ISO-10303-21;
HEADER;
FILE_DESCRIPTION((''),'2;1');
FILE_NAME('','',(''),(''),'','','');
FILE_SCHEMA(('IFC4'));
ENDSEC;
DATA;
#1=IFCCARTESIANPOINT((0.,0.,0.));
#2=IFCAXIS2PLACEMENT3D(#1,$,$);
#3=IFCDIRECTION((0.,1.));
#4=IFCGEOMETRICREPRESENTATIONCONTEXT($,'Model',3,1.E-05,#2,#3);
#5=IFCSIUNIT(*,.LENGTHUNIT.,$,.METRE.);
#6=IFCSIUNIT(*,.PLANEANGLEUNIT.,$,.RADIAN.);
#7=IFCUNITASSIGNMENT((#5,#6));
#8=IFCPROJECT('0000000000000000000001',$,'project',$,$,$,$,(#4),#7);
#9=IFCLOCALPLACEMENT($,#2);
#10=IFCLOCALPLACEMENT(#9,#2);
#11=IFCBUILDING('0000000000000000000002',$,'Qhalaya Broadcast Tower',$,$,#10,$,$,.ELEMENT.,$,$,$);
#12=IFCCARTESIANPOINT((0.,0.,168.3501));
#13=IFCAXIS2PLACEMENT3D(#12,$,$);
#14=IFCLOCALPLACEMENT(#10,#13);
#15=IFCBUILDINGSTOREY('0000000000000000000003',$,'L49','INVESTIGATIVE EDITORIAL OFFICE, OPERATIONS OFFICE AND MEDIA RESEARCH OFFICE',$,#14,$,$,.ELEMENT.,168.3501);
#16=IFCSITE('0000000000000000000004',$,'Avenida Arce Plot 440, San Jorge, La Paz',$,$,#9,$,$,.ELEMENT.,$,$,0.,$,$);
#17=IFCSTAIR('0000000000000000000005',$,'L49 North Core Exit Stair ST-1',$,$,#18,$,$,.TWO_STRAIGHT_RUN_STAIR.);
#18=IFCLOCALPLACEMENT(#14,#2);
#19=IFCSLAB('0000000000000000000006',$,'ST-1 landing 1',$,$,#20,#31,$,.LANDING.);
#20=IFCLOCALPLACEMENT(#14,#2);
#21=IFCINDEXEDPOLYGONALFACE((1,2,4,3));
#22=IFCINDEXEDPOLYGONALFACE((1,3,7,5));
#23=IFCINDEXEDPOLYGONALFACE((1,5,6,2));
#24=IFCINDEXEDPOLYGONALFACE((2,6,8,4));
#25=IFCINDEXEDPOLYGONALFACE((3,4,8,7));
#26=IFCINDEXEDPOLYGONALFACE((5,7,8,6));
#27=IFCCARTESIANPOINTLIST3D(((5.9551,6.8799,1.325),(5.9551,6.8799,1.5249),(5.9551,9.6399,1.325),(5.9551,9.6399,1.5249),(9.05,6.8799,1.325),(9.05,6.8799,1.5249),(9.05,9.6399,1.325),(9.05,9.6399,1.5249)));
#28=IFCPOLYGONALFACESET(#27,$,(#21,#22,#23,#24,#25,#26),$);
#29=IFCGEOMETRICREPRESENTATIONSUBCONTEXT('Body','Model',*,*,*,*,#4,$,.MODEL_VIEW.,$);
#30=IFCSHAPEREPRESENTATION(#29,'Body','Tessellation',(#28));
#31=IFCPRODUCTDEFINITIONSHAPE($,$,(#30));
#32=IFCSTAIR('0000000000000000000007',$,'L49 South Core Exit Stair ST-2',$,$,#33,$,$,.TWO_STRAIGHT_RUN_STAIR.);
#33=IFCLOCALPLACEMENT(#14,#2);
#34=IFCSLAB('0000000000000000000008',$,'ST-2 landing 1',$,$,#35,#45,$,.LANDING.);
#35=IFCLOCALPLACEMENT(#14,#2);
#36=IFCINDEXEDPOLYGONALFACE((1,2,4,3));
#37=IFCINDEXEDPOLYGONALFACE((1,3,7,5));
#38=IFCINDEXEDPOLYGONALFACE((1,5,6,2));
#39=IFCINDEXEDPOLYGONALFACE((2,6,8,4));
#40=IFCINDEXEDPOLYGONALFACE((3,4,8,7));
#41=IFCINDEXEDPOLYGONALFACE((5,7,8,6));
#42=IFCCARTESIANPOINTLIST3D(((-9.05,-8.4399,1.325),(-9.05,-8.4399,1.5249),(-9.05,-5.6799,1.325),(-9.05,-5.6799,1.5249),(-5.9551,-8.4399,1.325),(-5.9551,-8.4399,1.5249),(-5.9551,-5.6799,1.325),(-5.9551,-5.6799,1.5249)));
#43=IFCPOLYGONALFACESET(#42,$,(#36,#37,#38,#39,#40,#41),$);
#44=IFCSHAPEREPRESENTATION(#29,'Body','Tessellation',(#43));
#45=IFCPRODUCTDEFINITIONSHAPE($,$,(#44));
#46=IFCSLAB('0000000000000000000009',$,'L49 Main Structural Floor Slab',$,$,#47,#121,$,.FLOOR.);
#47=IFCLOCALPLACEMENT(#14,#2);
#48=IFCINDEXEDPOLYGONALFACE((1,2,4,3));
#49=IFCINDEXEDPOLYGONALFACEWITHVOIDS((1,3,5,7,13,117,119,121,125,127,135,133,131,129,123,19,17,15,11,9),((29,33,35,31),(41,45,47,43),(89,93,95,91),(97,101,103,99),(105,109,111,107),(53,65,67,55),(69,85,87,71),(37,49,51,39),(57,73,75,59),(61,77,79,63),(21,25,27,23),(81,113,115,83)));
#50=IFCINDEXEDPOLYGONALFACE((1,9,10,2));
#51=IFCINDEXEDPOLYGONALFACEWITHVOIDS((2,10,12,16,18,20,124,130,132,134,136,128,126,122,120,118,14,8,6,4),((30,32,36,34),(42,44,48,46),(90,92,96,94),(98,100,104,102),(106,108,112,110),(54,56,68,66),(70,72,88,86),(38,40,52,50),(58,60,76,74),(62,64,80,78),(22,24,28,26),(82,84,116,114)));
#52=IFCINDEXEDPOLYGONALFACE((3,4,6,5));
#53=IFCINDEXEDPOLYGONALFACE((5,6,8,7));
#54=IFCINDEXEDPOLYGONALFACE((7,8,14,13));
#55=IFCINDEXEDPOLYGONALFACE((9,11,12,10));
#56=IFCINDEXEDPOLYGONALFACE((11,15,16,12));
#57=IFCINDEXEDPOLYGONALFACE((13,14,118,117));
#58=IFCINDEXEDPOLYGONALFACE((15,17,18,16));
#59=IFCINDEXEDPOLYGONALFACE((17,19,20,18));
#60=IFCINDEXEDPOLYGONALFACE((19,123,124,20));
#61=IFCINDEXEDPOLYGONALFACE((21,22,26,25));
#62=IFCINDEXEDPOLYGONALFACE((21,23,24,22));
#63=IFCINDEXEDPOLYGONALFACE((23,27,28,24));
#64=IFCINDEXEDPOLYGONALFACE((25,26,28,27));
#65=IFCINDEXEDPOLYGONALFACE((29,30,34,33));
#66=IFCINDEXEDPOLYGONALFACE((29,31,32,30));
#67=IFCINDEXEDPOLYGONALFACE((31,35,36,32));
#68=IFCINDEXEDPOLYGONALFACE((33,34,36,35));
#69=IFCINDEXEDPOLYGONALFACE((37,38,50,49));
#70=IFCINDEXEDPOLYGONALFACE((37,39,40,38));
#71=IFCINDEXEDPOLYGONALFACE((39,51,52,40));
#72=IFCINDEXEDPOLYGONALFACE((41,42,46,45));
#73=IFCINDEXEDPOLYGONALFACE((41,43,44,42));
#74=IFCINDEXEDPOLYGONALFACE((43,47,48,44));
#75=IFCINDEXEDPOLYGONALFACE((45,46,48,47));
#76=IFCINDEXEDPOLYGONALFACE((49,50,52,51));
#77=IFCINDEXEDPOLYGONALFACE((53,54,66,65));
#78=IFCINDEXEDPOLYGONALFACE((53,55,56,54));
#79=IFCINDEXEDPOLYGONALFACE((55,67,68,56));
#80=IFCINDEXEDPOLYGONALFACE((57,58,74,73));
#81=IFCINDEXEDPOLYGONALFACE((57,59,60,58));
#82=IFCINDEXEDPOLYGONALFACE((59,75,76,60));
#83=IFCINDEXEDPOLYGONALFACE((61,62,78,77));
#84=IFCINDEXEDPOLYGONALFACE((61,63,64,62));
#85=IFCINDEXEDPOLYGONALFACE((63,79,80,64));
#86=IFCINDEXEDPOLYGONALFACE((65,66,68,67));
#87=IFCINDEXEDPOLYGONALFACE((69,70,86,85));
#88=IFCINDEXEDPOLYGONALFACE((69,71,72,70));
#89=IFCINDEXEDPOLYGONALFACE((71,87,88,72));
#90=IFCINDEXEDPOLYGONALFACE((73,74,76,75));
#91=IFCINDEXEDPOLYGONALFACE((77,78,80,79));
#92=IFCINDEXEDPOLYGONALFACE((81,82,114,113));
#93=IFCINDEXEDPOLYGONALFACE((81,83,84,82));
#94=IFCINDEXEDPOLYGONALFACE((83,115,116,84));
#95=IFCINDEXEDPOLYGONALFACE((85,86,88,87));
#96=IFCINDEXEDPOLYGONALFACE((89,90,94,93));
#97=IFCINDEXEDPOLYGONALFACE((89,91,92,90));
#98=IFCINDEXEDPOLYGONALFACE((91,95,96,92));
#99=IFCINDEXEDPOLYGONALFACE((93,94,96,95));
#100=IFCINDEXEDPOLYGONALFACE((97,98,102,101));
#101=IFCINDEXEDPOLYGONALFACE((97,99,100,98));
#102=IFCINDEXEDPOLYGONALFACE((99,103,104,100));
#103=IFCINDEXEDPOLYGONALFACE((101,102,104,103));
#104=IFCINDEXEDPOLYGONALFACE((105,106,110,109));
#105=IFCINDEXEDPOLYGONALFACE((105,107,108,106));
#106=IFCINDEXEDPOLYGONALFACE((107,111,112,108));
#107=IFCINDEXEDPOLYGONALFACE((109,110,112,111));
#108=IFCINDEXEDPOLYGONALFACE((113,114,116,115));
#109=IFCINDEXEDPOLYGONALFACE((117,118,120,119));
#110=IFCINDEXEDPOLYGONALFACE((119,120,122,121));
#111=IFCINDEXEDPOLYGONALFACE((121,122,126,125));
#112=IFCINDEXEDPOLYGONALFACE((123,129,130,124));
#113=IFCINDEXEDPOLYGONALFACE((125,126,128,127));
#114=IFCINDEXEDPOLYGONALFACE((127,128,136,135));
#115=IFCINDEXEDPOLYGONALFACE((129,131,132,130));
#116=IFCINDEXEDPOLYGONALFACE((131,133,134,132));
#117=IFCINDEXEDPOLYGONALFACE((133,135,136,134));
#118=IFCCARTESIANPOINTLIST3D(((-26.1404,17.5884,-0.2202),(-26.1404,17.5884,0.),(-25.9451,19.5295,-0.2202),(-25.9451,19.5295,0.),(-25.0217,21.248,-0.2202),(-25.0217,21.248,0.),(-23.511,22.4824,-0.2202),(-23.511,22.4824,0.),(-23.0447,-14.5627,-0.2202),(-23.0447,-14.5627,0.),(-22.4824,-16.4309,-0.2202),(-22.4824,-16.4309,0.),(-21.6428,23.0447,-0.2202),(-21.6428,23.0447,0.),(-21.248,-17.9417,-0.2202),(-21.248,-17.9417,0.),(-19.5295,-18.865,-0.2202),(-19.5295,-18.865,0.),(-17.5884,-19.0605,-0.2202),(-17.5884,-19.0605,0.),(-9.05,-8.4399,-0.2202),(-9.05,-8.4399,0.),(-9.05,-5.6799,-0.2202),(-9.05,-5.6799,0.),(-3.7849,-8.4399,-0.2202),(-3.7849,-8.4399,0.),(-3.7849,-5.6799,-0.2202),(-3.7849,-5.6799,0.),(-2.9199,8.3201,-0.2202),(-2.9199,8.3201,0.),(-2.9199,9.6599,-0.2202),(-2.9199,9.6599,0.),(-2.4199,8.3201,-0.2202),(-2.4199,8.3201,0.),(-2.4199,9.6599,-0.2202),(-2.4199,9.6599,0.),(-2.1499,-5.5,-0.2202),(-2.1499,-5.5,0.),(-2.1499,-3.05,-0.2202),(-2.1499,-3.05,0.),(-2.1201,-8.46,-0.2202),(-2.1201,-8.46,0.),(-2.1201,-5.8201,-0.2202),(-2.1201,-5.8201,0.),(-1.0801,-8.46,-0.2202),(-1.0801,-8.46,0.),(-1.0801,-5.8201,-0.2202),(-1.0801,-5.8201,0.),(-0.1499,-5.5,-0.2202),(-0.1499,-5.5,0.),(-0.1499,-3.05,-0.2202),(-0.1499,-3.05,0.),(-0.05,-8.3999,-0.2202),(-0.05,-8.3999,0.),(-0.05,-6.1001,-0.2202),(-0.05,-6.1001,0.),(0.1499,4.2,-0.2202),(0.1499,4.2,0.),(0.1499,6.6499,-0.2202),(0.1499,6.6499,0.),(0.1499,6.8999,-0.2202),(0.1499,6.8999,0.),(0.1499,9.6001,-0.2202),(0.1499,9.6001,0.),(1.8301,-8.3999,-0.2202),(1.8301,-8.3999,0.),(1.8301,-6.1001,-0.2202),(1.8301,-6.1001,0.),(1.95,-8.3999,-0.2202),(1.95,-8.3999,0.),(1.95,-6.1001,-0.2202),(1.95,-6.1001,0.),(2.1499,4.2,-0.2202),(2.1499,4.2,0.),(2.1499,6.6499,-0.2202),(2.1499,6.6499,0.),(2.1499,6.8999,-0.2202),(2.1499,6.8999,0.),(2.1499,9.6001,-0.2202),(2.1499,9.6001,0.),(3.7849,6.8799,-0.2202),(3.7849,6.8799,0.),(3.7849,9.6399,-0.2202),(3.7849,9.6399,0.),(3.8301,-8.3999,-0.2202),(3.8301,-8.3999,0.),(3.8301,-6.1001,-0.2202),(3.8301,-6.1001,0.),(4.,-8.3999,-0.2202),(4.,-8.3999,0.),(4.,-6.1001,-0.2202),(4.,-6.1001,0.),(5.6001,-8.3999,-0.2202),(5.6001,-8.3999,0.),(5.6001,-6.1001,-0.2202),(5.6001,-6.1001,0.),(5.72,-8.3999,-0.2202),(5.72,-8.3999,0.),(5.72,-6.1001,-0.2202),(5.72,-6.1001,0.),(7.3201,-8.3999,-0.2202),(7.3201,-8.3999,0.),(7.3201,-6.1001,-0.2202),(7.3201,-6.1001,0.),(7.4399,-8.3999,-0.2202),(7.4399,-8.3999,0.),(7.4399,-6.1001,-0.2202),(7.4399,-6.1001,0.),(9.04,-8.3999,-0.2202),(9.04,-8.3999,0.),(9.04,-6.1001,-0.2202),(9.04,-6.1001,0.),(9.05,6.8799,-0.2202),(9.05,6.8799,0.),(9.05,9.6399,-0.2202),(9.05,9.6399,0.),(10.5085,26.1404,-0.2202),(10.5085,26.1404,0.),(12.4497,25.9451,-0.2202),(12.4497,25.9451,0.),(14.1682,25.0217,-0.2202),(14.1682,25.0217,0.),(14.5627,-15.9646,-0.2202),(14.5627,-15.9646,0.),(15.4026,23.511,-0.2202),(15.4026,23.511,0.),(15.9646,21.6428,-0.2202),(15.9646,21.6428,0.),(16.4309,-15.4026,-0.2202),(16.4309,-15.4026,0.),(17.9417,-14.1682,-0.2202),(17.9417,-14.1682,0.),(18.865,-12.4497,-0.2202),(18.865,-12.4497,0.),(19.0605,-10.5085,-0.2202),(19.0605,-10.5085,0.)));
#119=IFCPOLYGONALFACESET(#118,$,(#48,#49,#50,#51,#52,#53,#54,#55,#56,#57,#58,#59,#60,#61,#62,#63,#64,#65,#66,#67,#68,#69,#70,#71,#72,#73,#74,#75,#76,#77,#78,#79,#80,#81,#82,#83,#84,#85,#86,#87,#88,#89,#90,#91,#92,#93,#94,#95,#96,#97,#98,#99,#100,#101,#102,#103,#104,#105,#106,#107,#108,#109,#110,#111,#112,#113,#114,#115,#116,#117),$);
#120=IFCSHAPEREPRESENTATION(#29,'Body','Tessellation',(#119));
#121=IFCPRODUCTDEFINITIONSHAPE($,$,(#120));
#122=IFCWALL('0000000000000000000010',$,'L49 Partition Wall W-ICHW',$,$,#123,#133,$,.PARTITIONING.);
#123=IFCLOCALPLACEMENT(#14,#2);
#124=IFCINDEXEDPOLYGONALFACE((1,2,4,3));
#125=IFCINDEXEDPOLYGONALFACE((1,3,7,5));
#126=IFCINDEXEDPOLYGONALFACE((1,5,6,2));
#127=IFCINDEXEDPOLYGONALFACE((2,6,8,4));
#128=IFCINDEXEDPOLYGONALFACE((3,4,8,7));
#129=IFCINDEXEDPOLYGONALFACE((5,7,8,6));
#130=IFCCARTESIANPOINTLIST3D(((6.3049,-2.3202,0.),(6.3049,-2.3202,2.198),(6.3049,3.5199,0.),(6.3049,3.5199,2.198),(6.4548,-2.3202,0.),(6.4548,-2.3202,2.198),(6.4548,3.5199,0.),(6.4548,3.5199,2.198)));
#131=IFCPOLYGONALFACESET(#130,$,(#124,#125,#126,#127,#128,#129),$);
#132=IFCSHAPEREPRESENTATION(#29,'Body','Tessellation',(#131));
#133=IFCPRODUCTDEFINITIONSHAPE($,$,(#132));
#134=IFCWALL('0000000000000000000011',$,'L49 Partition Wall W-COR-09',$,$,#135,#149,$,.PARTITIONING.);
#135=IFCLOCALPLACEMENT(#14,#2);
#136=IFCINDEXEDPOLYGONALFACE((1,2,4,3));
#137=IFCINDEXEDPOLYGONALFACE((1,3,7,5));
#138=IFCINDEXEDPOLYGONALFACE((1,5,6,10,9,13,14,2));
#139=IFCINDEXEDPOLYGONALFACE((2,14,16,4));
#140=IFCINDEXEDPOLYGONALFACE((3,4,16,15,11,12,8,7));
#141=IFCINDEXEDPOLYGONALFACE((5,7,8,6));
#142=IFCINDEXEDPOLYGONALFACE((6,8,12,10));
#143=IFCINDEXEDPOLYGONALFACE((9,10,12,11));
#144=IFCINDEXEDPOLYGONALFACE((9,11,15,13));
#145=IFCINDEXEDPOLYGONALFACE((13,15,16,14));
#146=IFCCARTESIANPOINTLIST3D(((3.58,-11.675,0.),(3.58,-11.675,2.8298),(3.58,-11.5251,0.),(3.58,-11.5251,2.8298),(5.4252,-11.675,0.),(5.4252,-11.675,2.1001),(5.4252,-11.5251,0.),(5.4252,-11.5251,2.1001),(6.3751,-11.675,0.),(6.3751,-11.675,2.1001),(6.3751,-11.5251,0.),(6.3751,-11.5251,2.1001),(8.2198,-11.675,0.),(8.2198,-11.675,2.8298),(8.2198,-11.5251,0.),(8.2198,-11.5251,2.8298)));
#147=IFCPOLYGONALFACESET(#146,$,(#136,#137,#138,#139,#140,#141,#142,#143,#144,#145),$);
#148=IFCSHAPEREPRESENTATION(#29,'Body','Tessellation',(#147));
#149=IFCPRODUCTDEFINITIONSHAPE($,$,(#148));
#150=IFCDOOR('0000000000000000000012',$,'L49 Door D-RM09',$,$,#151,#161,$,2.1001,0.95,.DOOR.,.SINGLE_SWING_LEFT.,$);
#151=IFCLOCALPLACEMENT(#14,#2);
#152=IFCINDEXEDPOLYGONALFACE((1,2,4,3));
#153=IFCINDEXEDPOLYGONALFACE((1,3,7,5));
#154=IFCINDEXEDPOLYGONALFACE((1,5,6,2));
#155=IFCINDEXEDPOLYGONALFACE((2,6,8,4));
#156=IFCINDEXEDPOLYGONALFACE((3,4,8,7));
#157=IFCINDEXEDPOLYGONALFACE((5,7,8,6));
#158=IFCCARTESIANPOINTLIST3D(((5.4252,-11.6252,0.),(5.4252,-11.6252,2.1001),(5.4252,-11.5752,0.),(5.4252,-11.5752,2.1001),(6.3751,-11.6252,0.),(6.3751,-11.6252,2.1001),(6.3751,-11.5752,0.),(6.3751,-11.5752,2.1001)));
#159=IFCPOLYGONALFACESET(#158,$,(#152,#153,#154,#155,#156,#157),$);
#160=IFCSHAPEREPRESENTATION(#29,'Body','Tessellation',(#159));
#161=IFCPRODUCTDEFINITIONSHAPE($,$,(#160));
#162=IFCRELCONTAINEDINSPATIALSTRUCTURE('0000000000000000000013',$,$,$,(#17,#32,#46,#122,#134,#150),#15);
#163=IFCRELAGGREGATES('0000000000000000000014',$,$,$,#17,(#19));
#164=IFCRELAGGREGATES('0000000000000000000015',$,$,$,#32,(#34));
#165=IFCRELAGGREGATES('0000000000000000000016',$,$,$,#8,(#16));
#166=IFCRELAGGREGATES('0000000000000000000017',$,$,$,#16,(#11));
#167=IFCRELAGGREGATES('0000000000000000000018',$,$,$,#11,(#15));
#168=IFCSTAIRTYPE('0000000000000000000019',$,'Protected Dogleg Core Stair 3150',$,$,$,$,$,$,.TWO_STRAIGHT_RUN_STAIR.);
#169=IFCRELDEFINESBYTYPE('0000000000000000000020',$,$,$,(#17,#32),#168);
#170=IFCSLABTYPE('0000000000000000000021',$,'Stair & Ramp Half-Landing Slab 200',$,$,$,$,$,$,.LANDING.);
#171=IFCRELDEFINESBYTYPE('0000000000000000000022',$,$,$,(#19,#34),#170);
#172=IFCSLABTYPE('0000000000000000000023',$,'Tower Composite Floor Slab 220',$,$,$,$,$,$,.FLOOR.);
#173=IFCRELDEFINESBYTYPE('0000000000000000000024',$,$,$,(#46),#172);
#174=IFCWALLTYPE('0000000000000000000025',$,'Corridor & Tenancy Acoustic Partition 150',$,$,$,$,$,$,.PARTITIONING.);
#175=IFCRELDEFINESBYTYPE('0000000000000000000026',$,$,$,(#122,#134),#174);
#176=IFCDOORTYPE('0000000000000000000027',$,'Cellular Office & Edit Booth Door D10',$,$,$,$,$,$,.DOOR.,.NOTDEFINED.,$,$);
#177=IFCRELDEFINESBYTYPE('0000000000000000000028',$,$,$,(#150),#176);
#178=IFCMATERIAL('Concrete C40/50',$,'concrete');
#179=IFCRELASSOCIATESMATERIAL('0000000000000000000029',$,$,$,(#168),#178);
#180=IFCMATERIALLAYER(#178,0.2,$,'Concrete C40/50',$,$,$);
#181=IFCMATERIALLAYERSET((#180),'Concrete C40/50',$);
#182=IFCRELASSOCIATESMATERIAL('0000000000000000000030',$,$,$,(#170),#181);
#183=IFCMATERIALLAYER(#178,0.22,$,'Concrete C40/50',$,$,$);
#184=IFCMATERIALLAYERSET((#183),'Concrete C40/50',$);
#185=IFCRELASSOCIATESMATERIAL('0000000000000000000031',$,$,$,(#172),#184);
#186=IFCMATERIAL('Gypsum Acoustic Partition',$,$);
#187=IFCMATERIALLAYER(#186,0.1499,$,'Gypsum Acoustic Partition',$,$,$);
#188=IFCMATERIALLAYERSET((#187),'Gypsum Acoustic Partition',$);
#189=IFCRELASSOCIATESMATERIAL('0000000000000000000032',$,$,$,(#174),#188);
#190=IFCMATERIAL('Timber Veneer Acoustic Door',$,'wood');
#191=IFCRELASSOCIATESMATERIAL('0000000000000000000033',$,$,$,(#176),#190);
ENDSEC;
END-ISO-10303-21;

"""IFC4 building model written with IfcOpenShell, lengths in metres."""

from ifc_helpers import new_model, si_unit, direction, frame, frame_2d, origin, place, context, subcontext, project, spatial, polyline, rectangle, outline, extrude, material, layer, layer_set, type_object, element, fill, aggregate, save


model = new_model("IFC4")

# Units and contexts
model_context = context("Model", 3, precision=1e-05, world=origin(), true_north=direction((0.0, 1.0)))
body_context = subcontext(model_context, "Body", "Model", "MODEL_VIEW")
ifc_project = project(units=[si_unit("LENGTHUNIT", "METRE"), si_unit("PLANEANGLEUNIT", "RADIAN")], contexts=[model_context])

# Site, building, storey
site_placement = place(None, origin())
site = spatial("IfcSite", under=ifc_project, at=site_placement, Name="Avenida Arce Plot 440, San Jorge, La Paz", CompositionType="ELEMENT", RefElevation=0.0)
building_placement = place(site_placement, origin())
building = spatial("IfcBuilding", under=site, at=building_placement, Name="Qhalaya Broadcast Tower", CompositionType="ELEMENT")
storey_placement = place(building_placement, frame((0.0, 0.0, 168.3501)))
storey = spatial("IfcBuildingStorey", under=building, at=storey_placement, Name="L49", Description="INVESTIGATIVE EDITORIAL OFFICE, OPERATIONS OFFICE AND MEDIA RESEARCH OFFICE", CompositionType="ELEMENT", Elevation=168.3501)

# Stairs, slabs
ifc_material_1 = material(Name="Concrete C40/50", Category="concrete")
stair_type = type_object("IfcStairType", Name="Protected Dogleg Core Stair 3150", PredefinedType="TWO_STRAIGHT_RUN_STAIR", material=ifc_material_1)
stair_1_placement = place(storey_placement, origin())
stair_1 = element("IfcStair", 1, at=stair_1_placement, inside=storey, type_object=stair_type, Name="L49 North Core Exit Stair ST-1", PredefinedType="TWO_STRAIGHT_RUN_STAIR")
ifc_layer_1 = layer(ifc_material_1, 0.2, Name="Concrete C40/50")
ifc_layer_set_1 = layer_set([ifc_layer_1], Name="Concrete C40/50")
slab_type_1 = type_object("IfcSlabType", Name="Stair & Ramp Half-Landing Slab 200", PredefinedType="LANDING", material=ifc_layer_set_1)
slab_1_placement = place(storey_placement, frame((0.0, 0.0, 1.325)))
slab_1 = element("IfcSlab", 2, at=slab_1_placement, type_object=slab_type_1, Name="ST-1 landing 1", PredefinedType="LANDING", context=body_context, shape_type="SweptSolid", body=[
    extrude(outline(polyline([(5.9551, 6.8799), (9.05, 6.8799), (9.05, 9.6399), (5.9551, 9.6399), (5.9551, 6.8799)])), origin(), (0.0, 0.0, 1.0), 0.2),
])
aggregate(stair_1, [slab_1])
stair_2_placement = place(storey_placement, origin())
stair_2 = element("IfcStair", 3, at=stair_2_placement, inside=storey, type_object=stair_type, Name="L49 South Core Exit Stair ST-2", PredefinedType="TWO_STRAIGHT_RUN_STAIR")
slab_2_placement = place(storey_placement, frame((0.0, 0.0, 1.325)))
slab_2 = element("IfcSlab", 4, at=slab_2_placement, type_object=slab_type_1, Name="ST-2 landing 1", PredefinedType="LANDING", context=body_context, shape_type="SweptSolid", body=[
    extrude(outline(polyline([(-5.9551, -5.6799), (-9.05, -5.6799), (-9.05, -8.4399), (-5.9551, -8.4399), (-5.9551, -5.6799)])), origin(), (0.0, 0.0, 1.0), 0.2),
])
aggregate(stair_2, [slab_2])

# Slab
ifc_layer_2 = layer(ifc_material_1, 0.22, Name="Concrete C40/50")
ifc_layer_set_2 = layer_set([ifc_layer_2], Name="Concrete C40/50")
slab_type_2 = type_object("IfcSlabType", Name="Tower Composite Floor Slab 220", PredefinedType="FLOOR", material=ifc_layer_set_2)
slab_3_placement = place(storey_placement, frame((0.0, 0.0, -0.2202)))
element("IfcSlab", 5, at=slab_3_placement, inside=storey, type_object=slab_type_2, Name="L49 Main Structural Floor Slab", PredefinedType="FLOOR", context=body_context, shape_type="SweptSolid", body=[
    extrude(outline(polyline([(14.5627, -15.9646), (16.4309, -15.4026), (17.9417, -14.1682), (18.865, -12.4497), (19.0605, -10.5085), (15.9646, 21.6428), (15.4026, 23.511), (14.1682, 25.0217), (12.4497, 25.9451), (10.5085, 26.1404), (-21.6428, 23.0447), (-23.511, 22.4824), (-25.0217, 21.248), (-25.9451, 19.5295), (-26.1404, 17.5884), (-23.0447, -14.5627), (-22.4824, -16.4309), (-21.248, -17.9417), (-19.5295, -18.865), (-17.5884, -19.0605), (14.5627, -15.9646)]), holes=[polyline([(3.7849, 9.6399), (9.05, 9.6399), (9.05, 6.8799), (3.7849, 6.8799), (3.7849, 9.6399)]), polyline([(-3.7849, -8.4399), (-9.05, -8.4399), (-9.05, -5.6799), (-3.7849, -5.6799), (-3.7849, -8.4399)]), polyline([(0.1499, 6.6499), (2.1499, 6.6499), (2.1499, 4.2), (0.1499, 4.2), (0.1499, 6.6499)]), polyline([(0.1499, 9.6001), (2.1499, 9.6001), (2.1499, 6.8999), (0.1499, 6.8999), (0.1499, 9.6001)]), polyline([(-2.1499, -3.05), (-0.1499, -3.05), (-0.1499, -5.5), (-2.1499, -5.5), (-2.1499, -3.05)]), polyline([(-0.05, -6.1001), (1.8301, -6.1001), (1.8301, -8.3999), (-0.05, -8.3999), (-0.05, -6.1001)]), polyline([(1.95, -6.1001), (3.8301, -6.1001), (3.8301, -8.3999), (1.95, -8.3999), (1.95, -6.1001)]), polyline([(4.0, -6.1001), (5.6001, -6.1001), (5.6001, -8.3999), (4.0, -8.3999), (4.0, -6.1001)]), polyline([(5.72, -6.1001), (7.3201, -6.1001), (7.3201, -8.3999), (5.72, -8.3999), (5.72, -6.1001)]), polyline([(7.4399, -6.1001), (9.04, -6.1001), (9.04, -8.3999), (7.4399, -8.3999), (7.4399, -6.1001)]), polyline([(-2.9199, 9.6599), (-2.4199, 9.6599), (-2.4199, 8.3201), (-2.9199, 8.3201), (-2.9199, 9.6599)]), polyline([(-2.1201, -5.8201), (-1.0801, -5.8201), (-1.0801, -8.46), (-2.1201, -8.46), (-2.1201, -5.8201)])]), origin(), (0.0, 0.0, 1.0), 0.2202),
])

# Wall
ifc_material_2 = material(Name="Gypsum Acoustic Partition")
ifc_layer_3 = layer(ifc_material_2, 0.1499, Name="Gypsum Acoustic Partition")
ifc_layer_set_3 = layer_set([ifc_layer_3], Name="Gypsum Acoustic Partition")
wall_type_1 = type_object("IfcWallType", Name="Corridor & Tenancy Acoustic Partition 150", PredefinedType="PARTITIONING", material=ifc_layer_set_3)
wall_1_placement = place(storey_placement, frame((6.3799, -2.3201, 0.0), z_axis=(0.0, 0.0, 1.0), x_axis=(0.0, 1.0, 0.0)))
element("IfcWall", 6, at=wall_1_placement, inside=storey, type_object=wall_type_1, Name="L49 Partition Wall W-ICHW", PredefinedType="PARTITIONING", context=body_context, shape_type="SweptSolid", body=[
    extrude(rectangle(XDim=5.8401, YDim=0.1499, at=frame_2d((2.9199, 0.0))), origin(), (0.0, 0.0, 1.0), 2.198),
])

# Wall, opening, door
wall_2_placement = place(storey_placement, frame((3.5801, -11.6001, 0.0), z_axis=(0.0, 0.0, 1.0), x_axis=(1.0, 0.0, 0.0)))
wall_2 = element("IfcWall", 7, at=wall_2_placement, inside=storey, type_object=wall_type_1, Name="L49 Partition Wall W-COR-09", PredefinedType="PARTITIONING", context=body_context, shape_type="SweptSolid", body=[
    extrude(rectangle(XDim=4.6399, YDim=0.1499, at=frame_2d((2.3198, 0.0))), origin(), (0.0, 0.0, 1.0), 2.8298),
])
opening_1_placement = place(wall_2_placement, frame((1.845, 0.0, 0.0)))
opening_1 = element("IfcOpeningElement", 8, at=opening_1_placement, cuts=wall_2, PredefinedType="OPENING", context=body_context, shape_type="SweptSolid", body=[
    extrude(rectangle(XDim=0.95, YDim=2.1001, at=frame_2d((0.4751, 1.05))), frame((0.0, 0.0869, 0.0), z_axis=(0.0, -1.0, 0.0), x_axis=(1.0, 0.0, 0.0)), (0.0, 0.0, 1.0), 0.1738),
])
ifc_material_3 = material(Name="Timber Veneer Acoustic Door", Category="wood")
door_type_1 = type_object("IfcDoorType", Name="Cellular Office & Edit Booth Door D10", OperationType="NOTDEFINED", PredefinedType="DOOR", material=ifc_material_3)
door_1_placement = place(opening_1_placement, origin())
door_1 = element("IfcDoor", 9, at=door_1_placement, inside=storey, type_object=door_type_1, Name="L49 Door D-RM09", OperationType="SINGLE_SWING_LEFT", OverallHeight=2.1001, OverallWidth=0.95, PredefinedType="DOOR", context=body_context, shape_type="SweptSolid", body=[
    extrude(rectangle(XDim=0.95, YDim=2.1001, at=frame_2d((0.4751, 1.05))), frame((0.0, 0.0249, 0.0), z_axis=(0.0, -1.0, 0.0), x_axis=(1.0, 0.0, 0.0)), (0.0, 0.0, 1.0), 0.05),
])
fill(opening_1, door_1)

save(model, "model.ifc")
